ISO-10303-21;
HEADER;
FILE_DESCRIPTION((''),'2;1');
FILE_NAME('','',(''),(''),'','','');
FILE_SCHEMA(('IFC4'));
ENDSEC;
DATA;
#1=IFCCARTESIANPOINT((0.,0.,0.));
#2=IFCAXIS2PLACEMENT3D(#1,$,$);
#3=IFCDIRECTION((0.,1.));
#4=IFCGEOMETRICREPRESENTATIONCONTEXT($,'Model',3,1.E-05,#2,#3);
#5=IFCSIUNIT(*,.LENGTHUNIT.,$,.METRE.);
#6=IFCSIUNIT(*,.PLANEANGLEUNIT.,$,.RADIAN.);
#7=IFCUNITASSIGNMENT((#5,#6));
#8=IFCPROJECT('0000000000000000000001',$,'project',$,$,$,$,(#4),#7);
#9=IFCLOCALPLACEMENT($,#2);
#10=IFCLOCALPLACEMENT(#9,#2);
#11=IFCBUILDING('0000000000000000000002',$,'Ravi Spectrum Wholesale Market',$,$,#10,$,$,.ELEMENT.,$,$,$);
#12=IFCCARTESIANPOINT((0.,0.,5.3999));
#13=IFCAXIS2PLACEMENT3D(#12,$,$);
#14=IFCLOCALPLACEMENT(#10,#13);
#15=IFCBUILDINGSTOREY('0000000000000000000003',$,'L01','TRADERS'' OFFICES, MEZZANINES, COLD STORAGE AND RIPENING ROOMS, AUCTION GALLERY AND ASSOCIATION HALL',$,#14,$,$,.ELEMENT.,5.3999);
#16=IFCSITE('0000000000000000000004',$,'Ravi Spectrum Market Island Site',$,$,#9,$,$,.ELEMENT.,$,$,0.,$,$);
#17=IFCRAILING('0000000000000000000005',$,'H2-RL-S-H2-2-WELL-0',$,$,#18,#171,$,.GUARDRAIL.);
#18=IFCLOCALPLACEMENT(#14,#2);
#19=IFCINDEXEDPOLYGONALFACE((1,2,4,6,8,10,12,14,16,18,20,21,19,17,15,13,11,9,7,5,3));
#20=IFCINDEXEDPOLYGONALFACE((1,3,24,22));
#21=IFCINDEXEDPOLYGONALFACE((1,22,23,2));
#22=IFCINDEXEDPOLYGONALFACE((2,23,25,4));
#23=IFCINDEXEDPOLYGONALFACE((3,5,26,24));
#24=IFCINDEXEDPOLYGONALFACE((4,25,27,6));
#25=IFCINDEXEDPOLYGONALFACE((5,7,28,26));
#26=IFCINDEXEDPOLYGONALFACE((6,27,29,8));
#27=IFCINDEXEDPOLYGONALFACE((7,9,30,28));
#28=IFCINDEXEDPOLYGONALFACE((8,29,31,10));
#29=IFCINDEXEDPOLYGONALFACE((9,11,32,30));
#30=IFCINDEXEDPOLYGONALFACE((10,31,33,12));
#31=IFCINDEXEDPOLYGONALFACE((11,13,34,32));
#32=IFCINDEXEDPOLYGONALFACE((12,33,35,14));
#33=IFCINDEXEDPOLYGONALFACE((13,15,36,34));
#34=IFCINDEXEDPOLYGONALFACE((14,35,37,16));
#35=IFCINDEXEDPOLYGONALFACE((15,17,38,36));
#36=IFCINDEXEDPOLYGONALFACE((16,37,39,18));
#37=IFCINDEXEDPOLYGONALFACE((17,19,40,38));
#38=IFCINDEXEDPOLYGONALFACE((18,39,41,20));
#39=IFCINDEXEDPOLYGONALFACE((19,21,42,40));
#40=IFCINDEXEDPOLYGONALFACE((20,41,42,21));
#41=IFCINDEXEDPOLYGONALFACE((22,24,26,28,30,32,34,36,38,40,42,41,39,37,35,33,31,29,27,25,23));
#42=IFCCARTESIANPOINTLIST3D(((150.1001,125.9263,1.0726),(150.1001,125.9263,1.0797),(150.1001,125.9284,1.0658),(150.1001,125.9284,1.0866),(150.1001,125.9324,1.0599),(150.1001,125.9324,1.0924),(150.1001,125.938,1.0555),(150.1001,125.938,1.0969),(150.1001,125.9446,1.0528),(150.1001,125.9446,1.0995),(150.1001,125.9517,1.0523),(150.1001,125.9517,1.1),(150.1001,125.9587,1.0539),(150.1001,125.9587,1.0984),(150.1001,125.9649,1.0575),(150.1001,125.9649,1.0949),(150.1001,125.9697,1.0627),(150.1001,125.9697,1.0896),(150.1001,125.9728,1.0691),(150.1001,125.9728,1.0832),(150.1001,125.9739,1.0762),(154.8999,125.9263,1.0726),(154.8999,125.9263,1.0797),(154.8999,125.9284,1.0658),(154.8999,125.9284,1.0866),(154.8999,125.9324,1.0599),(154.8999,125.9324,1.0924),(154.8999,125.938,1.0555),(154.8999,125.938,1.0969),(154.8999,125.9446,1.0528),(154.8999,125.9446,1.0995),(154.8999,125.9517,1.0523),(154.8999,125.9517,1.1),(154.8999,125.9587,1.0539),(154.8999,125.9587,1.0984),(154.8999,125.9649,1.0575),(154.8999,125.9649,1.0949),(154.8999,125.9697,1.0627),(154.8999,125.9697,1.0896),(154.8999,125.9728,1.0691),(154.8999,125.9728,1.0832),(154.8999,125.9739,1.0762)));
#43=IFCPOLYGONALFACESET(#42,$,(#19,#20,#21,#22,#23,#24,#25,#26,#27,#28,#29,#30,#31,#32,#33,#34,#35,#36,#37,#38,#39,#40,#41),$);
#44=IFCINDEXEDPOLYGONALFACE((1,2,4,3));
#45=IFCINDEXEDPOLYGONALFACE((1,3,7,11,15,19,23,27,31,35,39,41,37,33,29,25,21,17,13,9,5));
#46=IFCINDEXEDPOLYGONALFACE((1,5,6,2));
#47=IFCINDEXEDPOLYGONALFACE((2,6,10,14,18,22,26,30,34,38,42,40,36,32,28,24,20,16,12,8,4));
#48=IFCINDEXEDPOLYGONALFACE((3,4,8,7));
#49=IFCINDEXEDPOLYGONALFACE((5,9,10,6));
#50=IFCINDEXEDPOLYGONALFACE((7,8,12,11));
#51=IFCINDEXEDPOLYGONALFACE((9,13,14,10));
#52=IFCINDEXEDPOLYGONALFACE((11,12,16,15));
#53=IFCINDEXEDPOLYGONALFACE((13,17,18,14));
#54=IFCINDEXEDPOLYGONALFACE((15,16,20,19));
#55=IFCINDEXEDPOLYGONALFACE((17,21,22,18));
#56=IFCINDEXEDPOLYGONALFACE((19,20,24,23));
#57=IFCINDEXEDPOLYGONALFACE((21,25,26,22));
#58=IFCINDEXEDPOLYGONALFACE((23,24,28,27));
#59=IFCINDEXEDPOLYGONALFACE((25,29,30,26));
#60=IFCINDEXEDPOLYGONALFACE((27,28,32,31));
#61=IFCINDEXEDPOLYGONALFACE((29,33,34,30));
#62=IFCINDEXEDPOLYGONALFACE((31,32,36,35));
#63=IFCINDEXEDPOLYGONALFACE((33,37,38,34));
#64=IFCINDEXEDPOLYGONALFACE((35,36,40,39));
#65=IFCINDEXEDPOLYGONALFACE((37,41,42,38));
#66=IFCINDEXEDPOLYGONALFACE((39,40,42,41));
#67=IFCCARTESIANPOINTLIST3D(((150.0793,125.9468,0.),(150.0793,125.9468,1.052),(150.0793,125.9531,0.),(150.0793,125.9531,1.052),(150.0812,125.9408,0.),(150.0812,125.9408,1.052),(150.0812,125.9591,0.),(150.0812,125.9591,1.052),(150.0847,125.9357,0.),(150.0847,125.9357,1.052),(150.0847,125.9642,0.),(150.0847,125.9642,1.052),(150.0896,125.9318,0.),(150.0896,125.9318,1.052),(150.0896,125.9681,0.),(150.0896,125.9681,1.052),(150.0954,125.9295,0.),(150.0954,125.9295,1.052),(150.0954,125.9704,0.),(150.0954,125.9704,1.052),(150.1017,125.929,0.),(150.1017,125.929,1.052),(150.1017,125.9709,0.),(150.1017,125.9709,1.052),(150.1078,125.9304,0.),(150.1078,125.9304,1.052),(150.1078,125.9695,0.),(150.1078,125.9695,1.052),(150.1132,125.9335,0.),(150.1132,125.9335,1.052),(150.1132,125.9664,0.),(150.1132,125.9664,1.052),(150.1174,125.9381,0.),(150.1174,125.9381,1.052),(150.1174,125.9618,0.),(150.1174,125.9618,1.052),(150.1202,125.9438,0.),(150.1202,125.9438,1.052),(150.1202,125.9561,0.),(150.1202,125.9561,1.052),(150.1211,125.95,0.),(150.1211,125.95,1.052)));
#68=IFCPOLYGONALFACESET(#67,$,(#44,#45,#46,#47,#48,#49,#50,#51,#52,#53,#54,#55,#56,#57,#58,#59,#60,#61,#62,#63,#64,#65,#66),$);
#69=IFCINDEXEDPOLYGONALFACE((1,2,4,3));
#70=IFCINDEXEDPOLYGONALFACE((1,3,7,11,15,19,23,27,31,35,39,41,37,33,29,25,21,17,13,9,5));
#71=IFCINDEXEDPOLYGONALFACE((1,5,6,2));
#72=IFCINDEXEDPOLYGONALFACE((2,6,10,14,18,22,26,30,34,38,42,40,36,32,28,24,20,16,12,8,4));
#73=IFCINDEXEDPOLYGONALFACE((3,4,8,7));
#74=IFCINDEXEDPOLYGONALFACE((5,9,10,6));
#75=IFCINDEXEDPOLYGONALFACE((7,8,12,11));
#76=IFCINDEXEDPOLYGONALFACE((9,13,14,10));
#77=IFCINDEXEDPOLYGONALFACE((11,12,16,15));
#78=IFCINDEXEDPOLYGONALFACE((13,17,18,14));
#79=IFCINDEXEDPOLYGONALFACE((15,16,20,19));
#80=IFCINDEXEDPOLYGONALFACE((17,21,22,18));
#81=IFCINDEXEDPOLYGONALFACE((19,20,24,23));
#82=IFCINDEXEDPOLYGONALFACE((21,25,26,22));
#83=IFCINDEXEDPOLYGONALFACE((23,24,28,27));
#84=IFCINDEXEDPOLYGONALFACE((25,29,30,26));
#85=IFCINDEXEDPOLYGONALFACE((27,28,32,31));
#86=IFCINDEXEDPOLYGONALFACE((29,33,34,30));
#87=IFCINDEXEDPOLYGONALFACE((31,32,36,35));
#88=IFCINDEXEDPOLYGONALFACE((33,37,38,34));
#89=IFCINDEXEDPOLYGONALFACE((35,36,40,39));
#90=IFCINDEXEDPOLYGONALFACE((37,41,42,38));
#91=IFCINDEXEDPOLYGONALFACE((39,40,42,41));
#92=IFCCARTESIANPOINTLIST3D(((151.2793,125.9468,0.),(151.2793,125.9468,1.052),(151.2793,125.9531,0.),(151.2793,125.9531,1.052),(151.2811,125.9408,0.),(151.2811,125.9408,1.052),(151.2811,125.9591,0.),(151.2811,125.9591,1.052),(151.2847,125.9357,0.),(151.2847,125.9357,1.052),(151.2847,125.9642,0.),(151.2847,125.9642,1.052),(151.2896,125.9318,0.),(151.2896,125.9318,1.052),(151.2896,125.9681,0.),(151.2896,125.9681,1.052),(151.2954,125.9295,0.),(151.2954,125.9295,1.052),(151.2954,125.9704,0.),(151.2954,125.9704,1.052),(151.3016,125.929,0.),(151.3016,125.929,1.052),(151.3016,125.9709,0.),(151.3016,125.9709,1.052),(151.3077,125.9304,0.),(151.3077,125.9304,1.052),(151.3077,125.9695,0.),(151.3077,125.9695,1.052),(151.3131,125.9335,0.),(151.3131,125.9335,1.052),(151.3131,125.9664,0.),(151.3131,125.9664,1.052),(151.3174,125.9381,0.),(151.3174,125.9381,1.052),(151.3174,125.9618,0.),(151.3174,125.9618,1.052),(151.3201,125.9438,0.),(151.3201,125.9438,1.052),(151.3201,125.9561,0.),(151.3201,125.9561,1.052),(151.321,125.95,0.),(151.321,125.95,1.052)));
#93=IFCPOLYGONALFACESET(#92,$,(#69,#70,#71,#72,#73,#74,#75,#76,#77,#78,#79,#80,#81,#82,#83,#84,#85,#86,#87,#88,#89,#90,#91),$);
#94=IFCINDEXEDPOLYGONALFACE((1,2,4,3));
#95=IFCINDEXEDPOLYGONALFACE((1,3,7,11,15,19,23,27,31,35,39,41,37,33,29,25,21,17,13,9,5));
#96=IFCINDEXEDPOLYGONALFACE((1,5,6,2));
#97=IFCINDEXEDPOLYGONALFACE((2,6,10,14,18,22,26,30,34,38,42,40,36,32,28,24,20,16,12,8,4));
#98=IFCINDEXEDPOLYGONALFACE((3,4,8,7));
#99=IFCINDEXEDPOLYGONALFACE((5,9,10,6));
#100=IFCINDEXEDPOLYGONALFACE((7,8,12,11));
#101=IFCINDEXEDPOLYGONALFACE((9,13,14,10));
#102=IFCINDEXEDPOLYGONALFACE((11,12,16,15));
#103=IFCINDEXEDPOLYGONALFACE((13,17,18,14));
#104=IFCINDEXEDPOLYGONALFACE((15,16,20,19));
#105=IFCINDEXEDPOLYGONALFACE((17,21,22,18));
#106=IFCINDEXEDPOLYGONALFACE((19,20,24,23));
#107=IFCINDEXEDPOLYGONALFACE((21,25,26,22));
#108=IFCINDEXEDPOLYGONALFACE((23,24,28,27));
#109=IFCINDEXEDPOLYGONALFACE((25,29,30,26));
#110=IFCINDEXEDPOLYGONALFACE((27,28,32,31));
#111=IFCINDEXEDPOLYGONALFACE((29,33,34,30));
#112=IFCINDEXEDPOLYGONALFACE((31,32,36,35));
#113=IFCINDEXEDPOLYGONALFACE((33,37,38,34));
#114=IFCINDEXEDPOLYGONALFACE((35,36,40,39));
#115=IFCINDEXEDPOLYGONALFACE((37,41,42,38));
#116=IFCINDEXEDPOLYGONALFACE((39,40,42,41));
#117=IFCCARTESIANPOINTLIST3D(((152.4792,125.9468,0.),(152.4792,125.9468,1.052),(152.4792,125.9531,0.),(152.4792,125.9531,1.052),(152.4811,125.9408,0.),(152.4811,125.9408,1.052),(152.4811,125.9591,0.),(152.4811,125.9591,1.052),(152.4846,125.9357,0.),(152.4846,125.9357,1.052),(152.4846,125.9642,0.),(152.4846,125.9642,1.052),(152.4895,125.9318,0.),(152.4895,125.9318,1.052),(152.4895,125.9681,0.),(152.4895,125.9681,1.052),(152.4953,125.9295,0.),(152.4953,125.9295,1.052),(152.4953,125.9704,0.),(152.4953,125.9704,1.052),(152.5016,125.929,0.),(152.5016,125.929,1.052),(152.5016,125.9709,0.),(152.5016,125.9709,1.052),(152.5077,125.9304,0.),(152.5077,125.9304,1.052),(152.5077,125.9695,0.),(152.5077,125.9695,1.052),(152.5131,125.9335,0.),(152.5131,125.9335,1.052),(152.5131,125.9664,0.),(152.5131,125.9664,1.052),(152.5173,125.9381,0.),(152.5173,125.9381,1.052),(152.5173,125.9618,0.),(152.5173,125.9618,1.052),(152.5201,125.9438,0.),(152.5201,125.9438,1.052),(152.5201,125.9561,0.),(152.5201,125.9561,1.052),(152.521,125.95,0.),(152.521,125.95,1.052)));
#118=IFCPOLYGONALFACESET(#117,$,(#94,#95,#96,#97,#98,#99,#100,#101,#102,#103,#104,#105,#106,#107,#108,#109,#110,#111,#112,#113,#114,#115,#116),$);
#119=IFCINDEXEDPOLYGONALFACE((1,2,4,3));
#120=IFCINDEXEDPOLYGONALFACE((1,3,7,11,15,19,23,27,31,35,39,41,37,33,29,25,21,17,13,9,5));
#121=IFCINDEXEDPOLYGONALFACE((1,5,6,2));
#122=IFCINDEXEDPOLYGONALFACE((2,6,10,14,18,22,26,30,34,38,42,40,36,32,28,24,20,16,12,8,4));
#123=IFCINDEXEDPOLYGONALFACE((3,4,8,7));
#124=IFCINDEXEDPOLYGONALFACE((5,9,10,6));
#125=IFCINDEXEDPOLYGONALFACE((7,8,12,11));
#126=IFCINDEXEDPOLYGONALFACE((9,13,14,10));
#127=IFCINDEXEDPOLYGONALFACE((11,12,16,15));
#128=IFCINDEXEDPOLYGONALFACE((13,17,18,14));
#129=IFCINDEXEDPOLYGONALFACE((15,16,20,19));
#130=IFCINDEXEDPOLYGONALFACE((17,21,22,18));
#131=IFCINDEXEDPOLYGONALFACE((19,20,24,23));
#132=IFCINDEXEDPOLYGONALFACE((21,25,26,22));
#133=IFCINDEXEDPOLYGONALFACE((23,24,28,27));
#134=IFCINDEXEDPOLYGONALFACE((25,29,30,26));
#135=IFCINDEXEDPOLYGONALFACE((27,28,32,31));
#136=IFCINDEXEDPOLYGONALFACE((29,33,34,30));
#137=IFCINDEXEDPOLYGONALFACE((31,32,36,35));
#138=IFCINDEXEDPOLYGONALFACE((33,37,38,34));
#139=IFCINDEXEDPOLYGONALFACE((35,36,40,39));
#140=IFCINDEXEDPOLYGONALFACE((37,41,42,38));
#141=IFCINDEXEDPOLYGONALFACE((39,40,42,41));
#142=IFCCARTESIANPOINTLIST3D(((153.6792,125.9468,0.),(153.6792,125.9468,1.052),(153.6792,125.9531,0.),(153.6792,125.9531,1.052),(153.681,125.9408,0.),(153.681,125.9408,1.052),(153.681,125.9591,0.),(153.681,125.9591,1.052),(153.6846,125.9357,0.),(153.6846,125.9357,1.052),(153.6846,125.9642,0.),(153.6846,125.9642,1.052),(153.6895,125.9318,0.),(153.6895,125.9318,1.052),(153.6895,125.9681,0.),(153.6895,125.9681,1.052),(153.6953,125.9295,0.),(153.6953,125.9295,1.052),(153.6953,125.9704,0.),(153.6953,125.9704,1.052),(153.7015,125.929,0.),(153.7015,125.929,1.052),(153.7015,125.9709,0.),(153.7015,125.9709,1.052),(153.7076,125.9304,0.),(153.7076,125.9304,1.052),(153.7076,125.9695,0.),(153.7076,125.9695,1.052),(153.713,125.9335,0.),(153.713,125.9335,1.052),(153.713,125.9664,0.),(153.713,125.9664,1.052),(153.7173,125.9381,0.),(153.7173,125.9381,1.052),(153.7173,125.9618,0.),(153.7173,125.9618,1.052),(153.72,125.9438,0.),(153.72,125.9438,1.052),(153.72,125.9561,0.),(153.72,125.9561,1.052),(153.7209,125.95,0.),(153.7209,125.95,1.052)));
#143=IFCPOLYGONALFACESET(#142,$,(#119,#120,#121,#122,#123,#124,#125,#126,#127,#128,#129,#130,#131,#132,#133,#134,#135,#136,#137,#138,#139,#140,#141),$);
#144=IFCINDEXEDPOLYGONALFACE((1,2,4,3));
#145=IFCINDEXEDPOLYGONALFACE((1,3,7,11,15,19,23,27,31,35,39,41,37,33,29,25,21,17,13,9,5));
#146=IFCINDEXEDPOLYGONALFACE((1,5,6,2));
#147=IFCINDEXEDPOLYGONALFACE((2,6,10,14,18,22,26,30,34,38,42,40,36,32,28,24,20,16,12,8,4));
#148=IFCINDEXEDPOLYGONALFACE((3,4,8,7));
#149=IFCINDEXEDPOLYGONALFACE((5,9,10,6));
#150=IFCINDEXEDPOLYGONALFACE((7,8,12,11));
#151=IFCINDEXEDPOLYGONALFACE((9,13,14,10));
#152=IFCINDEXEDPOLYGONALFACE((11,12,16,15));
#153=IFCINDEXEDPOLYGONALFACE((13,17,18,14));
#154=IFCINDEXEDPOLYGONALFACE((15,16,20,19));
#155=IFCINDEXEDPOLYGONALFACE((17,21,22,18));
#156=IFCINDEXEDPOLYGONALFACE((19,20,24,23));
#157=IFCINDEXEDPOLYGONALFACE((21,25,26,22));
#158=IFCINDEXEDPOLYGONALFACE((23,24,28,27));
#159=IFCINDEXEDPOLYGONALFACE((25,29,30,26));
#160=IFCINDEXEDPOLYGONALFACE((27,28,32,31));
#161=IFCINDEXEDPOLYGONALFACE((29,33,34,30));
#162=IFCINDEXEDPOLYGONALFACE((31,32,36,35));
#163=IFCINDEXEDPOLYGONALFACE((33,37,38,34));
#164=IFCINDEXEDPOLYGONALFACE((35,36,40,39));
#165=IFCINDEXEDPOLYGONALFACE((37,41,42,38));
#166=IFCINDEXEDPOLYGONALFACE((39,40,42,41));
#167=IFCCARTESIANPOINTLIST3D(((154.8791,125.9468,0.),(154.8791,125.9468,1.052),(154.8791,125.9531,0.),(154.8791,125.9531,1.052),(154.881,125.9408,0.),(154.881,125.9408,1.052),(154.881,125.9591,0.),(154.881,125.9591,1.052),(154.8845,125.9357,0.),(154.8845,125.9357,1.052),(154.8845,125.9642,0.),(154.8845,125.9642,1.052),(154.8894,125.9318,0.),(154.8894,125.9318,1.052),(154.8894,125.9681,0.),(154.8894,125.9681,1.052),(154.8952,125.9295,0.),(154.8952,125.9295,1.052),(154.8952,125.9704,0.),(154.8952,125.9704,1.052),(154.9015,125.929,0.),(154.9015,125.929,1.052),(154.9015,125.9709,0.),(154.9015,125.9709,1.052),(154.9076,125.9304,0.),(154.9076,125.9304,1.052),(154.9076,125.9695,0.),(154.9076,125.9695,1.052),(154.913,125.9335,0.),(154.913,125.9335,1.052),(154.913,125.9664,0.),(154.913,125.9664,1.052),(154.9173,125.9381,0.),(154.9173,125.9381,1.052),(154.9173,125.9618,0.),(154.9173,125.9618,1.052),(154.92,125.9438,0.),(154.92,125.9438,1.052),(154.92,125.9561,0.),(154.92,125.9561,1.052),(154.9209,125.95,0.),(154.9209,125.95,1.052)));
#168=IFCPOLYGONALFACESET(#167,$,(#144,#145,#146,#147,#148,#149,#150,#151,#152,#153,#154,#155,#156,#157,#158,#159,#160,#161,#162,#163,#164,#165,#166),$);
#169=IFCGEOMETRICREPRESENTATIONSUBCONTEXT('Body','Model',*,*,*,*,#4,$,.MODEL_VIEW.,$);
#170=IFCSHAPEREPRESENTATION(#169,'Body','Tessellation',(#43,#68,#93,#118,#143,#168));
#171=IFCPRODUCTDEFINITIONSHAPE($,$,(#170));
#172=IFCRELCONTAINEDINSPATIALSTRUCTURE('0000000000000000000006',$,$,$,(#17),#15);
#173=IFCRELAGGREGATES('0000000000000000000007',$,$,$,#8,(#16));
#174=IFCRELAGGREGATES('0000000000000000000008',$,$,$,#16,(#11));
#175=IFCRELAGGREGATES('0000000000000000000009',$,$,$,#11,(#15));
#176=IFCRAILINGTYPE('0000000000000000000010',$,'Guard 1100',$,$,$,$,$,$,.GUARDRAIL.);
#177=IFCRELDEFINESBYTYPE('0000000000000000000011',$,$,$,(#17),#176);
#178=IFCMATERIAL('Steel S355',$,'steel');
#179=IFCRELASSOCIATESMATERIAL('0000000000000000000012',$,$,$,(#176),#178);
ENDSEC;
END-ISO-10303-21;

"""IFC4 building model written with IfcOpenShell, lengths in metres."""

from ifc_helpers import new_model, si_unit, direction, frame, origin, origin_2d, place, context, subcontext, project, spatial, circle, extrude, material, type_object, element, save


model = new_model("IFC4")

# Units and contexts
model_context = context("Model", 3, precision=1e-05, world=origin(), true_north=direction((0.0, 1.0)))
body_context = subcontext(model_context, "Body", "Model", "MODEL_VIEW")
ifc_project = project(units=[si_unit("LENGTHUNIT", "METRE"), si_unit("PLANEANGLEUNIT", "RADIAN")], contexts=[model_context])

# Site, building, storey
site_placement = place(None, origin())
site = spatial("IfcSite", under=ifc_project, at=site_placement, Name="Ravi Spectrum Market Island Site", CompositionType="ELEMENT", RefElevation=0.0)
building_placement = place(site_placement, origin())
building = spatial("IfcBuilding", under=site, at=building_placement, Name="Ravi Spectrum Wholesale Market", CompositionType="ELEMENT")
storey_placement = place(building_placement, frame((0.0, 0.0, 5.3999)))
storey = spatial("IfcBuildingStorey", under=building, at=storey_placement, Name="L01", Description="TRADERS' OFFICES, MEZZANINES, COLD STORAGE AND RIPENING ROOMS, AUCTION GALLERY AND ASSOCIATION HALL", CompositionType="ELEMENT", Elevation=5.3999)

# Railing
ifc_material_1 = material(Name="Steel S355", Category="steel")
railing_type = type_object("IfcRailingType", Name="Guard 1100", PredefinedType="GUARDRAIL", material=ifc_material_1)
railing_placement = place(storey_placement, frame((150.1001, 125.95, 0.0)))
element("IfcRailing", 1, at=railing_placement, inside=storey, type_object=railing_type, Name="H2-RL-S-H2-2-WELL-0", PredefinedType="GUARDRAIL", context=body_context, shape_type="SweptSolid", body=[
    extrude(circle(Radius=0.0239, at=origin_2d()), frame((0.0, 0.0, 1.0762), z_axis=(1.0, 0.0, 0.0), x_axis=(0.0, 1.0, 0.0)), (0.0, 0.0, 1.0), 4.7998),
    extrude(circle(Radius=0.021, at=origin_2d()), origin(), (0.0, 0.0, 1.0), 1.052),
    extrude(circle(Radius=0.021, at=origin_2d()), frame((1.2, 0.0, 0.0)), (0.0, 0.0, 1.0), 1.052),
    extrude(circle(Radius=0.021, at=origin_2d()), frame((2.3999, 0.0, 0.0)), (0.0, 0.0, 1.0), 1.052),
    extrude(circle(Radius=0.021, at=origin_2d()), frame((3.5999, 0.0, 0.0)), (0.0, 0.0, 1.0), 1.052),
    extrude(circle(Radius=0.021, at=origin_2d()), frame((4.7998, 0.0, 0.0)), (0.0, 0.0, 1.0), 1.052),
])

save(model, "model.ifc")
